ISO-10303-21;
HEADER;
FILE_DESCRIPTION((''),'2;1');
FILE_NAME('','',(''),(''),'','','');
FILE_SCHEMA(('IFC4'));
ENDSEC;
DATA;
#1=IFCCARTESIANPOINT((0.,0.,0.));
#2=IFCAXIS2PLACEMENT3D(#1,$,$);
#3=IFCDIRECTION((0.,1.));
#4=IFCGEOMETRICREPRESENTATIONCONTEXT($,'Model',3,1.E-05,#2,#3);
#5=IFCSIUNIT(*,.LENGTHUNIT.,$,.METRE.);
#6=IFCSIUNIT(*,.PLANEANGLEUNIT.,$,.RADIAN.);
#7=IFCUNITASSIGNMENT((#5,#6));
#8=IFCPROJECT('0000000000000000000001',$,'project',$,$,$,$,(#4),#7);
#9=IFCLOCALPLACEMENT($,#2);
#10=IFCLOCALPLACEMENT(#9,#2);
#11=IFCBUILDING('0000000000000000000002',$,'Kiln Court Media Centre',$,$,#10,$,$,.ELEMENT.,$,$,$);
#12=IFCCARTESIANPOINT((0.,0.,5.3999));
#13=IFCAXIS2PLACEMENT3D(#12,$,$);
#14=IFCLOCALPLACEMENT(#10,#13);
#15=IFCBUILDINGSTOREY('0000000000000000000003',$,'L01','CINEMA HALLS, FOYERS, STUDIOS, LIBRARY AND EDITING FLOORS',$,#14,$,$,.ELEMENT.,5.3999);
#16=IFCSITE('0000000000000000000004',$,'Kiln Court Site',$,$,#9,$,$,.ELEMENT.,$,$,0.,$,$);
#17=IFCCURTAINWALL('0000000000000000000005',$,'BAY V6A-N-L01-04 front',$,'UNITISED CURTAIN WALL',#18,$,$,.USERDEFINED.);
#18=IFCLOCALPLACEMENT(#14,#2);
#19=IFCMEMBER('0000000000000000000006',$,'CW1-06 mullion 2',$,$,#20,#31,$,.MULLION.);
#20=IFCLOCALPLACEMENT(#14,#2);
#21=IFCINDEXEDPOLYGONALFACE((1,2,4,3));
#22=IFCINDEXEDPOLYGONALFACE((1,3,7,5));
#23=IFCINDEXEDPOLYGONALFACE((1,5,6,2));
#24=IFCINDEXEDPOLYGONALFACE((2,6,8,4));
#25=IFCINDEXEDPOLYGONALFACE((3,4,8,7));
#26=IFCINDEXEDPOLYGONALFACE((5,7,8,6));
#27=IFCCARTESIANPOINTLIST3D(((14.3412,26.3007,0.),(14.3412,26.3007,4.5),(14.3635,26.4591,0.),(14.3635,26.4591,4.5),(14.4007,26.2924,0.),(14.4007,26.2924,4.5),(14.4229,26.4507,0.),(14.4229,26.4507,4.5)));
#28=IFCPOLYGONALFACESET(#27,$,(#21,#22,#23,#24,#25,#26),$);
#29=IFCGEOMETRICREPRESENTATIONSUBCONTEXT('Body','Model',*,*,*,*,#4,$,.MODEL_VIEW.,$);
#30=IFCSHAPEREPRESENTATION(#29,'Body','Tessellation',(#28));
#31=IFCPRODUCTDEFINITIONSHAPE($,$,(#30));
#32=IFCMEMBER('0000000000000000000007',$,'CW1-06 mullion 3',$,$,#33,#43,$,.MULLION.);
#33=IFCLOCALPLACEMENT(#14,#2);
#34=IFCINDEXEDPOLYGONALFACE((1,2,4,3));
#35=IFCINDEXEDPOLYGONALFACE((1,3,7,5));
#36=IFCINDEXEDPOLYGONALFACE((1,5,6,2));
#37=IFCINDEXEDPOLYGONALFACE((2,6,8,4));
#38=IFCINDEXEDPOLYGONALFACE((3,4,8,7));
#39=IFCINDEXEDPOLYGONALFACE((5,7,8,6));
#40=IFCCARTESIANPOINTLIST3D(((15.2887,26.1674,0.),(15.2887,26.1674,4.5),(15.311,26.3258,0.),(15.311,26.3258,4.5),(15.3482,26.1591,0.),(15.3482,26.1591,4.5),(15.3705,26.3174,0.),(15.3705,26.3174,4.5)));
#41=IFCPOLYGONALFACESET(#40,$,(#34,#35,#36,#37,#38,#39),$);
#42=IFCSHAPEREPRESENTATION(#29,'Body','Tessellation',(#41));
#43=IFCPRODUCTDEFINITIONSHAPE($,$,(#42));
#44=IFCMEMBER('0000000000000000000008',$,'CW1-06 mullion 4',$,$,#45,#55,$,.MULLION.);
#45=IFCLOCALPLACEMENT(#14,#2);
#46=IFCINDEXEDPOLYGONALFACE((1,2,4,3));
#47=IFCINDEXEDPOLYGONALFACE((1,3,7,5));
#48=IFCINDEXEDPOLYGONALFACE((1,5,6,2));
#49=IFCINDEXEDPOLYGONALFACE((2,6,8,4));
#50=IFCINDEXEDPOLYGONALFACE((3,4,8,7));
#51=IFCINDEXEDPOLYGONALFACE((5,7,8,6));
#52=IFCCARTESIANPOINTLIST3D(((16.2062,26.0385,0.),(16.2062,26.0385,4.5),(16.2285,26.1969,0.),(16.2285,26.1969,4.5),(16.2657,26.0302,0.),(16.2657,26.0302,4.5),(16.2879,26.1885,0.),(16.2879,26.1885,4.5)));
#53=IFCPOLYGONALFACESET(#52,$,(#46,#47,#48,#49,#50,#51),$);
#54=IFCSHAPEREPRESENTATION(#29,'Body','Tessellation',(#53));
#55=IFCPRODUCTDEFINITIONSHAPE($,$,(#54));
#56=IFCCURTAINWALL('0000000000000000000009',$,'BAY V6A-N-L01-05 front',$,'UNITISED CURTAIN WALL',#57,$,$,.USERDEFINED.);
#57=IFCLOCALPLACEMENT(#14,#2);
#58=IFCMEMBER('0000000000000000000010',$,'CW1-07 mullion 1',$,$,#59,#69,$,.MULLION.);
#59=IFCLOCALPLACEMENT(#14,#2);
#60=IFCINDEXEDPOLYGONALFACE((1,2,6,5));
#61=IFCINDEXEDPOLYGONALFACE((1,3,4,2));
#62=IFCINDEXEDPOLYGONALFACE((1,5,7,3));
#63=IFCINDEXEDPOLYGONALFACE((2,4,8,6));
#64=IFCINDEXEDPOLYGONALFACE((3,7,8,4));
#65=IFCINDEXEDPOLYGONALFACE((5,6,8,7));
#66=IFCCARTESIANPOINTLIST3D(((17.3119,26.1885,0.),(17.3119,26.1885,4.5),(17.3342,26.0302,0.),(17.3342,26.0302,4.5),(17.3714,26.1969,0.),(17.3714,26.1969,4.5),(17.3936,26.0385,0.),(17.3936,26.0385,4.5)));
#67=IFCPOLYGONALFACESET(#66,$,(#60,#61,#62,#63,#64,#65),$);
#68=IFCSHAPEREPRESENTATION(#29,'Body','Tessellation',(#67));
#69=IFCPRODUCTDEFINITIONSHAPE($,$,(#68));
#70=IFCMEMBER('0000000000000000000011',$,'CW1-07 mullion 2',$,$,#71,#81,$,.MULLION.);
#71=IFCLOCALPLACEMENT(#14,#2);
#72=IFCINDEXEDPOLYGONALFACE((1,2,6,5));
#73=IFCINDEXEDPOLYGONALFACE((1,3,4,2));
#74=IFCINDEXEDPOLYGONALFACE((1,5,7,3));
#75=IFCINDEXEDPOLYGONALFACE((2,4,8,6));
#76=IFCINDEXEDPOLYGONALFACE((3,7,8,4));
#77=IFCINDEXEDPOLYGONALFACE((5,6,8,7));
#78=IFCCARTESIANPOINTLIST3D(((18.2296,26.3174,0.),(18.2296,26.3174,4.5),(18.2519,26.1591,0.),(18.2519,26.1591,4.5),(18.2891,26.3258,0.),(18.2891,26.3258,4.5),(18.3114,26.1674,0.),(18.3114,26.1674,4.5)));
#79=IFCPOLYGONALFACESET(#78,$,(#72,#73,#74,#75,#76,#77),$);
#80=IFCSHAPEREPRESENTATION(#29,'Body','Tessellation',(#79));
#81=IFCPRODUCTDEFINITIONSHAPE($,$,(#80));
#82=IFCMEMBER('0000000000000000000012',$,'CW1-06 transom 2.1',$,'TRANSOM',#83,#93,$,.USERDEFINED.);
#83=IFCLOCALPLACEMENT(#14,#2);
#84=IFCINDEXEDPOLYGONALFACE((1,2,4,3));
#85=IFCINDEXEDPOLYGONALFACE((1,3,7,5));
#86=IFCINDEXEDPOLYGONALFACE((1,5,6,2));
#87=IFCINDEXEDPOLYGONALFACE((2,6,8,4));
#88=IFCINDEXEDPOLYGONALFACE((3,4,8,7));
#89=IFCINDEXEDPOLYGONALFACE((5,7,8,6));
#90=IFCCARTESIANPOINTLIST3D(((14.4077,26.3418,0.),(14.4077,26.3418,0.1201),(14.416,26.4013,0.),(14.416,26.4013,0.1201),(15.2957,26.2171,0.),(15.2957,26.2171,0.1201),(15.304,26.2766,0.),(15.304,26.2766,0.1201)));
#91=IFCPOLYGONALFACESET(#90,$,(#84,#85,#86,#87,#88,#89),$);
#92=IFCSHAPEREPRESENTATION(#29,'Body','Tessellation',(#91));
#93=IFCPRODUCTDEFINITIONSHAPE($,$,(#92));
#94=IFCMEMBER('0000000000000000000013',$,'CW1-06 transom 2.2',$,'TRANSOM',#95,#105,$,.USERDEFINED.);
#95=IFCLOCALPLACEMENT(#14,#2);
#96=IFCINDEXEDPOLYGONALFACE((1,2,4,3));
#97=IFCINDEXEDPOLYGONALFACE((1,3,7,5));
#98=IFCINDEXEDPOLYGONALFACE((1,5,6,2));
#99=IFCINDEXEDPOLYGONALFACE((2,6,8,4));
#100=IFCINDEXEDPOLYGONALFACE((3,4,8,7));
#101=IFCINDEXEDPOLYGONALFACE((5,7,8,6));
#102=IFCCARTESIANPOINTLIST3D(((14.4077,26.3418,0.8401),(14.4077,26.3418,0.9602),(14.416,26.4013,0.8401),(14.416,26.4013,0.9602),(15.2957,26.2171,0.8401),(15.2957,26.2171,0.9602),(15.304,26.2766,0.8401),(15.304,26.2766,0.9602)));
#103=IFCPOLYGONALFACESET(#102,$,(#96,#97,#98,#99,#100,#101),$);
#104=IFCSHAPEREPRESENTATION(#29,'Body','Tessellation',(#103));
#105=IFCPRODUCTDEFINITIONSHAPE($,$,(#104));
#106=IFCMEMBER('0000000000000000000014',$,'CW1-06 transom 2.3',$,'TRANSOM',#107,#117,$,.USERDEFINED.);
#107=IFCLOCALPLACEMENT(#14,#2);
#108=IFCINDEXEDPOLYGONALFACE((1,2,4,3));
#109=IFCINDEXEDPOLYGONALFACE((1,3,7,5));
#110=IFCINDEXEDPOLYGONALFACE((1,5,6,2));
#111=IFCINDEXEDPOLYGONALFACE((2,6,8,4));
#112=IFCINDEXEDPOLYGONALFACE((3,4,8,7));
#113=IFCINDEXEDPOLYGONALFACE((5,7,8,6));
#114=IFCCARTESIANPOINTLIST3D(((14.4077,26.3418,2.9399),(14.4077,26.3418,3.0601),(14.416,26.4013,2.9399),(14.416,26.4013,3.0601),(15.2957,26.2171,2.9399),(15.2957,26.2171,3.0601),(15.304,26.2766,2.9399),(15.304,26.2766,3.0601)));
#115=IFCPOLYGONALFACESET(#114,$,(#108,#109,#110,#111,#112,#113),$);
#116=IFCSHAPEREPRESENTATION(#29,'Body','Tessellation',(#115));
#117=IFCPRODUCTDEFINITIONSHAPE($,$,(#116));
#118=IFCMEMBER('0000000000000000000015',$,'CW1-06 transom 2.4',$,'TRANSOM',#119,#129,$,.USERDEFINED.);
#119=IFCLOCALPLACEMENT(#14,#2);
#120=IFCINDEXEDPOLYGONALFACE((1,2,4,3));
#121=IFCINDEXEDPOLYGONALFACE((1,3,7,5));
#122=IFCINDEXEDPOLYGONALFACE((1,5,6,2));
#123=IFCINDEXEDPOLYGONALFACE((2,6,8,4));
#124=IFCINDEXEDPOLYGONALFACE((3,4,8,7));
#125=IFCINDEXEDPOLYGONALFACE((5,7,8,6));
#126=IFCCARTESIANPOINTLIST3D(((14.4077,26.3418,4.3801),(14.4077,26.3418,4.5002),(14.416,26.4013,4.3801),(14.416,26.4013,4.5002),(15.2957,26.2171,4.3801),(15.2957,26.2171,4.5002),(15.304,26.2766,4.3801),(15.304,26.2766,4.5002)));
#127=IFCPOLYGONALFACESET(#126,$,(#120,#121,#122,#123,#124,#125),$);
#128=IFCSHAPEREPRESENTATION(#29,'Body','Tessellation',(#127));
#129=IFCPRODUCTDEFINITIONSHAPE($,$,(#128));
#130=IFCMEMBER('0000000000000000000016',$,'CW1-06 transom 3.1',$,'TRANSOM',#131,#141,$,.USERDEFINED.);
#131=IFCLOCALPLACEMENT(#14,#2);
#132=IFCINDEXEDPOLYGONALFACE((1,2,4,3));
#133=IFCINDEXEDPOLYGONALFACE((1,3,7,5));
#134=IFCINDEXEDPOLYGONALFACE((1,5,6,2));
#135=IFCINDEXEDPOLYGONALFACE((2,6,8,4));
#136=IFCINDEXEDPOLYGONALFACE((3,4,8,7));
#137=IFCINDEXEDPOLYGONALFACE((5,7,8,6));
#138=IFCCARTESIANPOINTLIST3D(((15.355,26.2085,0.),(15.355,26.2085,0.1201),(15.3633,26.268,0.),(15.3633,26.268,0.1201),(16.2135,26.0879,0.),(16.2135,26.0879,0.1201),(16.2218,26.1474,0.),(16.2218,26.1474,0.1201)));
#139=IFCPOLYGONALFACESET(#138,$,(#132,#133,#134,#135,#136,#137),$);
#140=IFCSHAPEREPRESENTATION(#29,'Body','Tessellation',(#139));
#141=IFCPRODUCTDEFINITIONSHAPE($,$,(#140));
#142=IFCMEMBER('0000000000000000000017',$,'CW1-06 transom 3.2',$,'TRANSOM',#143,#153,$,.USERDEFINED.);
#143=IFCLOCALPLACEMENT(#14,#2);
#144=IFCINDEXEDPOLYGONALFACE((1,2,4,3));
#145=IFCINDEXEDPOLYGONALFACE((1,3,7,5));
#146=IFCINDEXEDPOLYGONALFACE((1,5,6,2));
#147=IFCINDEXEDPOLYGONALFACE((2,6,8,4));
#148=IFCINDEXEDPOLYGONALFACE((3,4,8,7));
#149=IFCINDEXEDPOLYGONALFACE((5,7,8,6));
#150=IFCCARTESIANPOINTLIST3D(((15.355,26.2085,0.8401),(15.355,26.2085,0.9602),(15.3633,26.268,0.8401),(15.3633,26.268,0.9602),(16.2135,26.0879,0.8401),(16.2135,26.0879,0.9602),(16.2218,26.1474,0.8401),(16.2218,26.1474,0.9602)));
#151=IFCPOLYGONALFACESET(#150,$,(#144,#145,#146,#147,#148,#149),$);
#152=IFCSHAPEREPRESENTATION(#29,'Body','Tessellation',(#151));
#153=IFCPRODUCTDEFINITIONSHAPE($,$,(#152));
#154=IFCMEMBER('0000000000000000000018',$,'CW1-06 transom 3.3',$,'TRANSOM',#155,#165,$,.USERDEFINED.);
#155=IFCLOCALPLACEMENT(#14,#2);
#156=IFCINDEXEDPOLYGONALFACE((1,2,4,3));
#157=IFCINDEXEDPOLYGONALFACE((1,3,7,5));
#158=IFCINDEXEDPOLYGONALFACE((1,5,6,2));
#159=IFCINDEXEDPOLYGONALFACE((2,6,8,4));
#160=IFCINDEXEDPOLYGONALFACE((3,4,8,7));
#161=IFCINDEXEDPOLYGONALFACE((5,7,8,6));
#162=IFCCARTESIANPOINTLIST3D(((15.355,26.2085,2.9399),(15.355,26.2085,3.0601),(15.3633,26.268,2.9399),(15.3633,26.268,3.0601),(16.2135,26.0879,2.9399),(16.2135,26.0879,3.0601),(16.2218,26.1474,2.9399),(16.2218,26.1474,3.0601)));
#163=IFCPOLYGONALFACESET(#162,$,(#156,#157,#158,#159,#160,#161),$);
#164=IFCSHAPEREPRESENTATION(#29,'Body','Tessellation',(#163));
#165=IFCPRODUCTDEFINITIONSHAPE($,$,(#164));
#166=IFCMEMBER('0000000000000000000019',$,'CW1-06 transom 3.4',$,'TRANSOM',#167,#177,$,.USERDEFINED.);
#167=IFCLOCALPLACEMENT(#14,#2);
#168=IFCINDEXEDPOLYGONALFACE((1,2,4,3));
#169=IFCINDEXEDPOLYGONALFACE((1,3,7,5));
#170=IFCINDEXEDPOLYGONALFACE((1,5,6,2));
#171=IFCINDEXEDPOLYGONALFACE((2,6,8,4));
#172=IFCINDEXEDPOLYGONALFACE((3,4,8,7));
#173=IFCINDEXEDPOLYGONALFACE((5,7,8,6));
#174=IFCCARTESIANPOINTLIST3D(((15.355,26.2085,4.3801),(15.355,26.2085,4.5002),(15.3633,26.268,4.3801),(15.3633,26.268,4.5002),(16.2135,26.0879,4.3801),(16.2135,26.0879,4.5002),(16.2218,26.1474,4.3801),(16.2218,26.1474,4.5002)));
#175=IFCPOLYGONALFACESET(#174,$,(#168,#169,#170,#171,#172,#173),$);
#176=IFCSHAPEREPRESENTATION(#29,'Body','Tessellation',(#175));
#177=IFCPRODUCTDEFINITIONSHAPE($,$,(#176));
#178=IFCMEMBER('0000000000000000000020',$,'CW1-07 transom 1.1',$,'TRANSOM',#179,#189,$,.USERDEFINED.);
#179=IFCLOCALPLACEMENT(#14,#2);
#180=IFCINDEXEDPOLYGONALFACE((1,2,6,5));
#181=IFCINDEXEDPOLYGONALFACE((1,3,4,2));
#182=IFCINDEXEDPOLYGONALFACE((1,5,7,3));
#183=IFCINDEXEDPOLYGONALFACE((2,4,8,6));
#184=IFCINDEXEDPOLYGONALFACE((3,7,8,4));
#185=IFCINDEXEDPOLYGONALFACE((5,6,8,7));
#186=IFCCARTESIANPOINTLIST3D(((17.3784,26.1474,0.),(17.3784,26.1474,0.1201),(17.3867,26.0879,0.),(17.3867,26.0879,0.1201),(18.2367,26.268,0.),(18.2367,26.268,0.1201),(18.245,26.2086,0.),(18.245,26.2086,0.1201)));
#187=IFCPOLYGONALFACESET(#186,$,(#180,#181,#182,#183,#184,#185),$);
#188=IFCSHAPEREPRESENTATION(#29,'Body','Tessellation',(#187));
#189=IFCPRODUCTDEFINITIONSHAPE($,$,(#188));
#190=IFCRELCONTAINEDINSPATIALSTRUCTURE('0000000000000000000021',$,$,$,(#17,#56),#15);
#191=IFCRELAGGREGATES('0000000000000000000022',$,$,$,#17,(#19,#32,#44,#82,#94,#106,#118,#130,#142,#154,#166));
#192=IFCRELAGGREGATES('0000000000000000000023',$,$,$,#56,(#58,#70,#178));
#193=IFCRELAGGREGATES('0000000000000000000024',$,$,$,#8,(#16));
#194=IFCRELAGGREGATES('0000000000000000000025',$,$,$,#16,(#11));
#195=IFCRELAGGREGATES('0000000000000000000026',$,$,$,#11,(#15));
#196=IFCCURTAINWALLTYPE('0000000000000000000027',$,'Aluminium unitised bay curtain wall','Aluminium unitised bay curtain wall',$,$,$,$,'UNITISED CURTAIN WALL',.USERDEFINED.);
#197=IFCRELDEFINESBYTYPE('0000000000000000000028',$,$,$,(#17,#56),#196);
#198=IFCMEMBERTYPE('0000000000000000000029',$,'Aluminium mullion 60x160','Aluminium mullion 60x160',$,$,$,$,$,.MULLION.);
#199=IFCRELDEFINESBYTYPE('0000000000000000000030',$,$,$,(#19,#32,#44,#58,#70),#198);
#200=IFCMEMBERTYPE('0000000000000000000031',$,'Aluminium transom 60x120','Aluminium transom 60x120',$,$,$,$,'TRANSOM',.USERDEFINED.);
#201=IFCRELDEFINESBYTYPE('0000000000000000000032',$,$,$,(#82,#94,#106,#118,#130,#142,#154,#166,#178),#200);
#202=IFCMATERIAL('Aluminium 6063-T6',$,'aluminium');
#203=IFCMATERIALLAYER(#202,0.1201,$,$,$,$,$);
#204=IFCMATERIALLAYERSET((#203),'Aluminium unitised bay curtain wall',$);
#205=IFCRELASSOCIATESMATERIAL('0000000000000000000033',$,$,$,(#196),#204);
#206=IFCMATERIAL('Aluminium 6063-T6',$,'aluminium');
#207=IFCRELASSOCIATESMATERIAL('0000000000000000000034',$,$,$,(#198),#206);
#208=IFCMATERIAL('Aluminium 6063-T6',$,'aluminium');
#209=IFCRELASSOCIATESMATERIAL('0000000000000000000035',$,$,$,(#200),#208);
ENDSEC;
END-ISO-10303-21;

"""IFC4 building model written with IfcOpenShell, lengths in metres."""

from ifc_helpers import new_model, si_unit, direction, frame, origin, origin_2d, place, context, subcontext, project, spatial, rectangle, extrude, material, layer, layer_set, material_profile, profile_set, type_object, element, aggregate, save


model = new_model("IFC4")

# Units and contexts
model_context = context("Model", 3, precision=1e-05, world=origin(), true_north=direction((0.0, 1.0)))
body_context = subcontext(model_context, "Body", "Model", "MODEL_VIEW")
ifc_project = project(units=[si_unit("LENGTHUNIT", "METRE"), si_unit("PLANEANGLEUNIT", "RADIAN")], contexts=[model_context])

# Site, building, storey
site_placement = place(None, origin())
site = spatial("IfcSite", under=ifc_project, at=site_placement, Name="Kiln Court Site", CompositionType="ELEMENT", RefElevation=0.0)
building_placement = place(site_placement, origin())
building = spatial("IfcBuilding", under=site, at=building_placement, Name="Kiln Court Media Centre", CompositionType="ELEMENT")
storey_placement = place(building_placement, frame((0.0, 0.0, 5.3999)))
storey = spatial("IfcBuildingStorey", under=building, at=storey_placement, Name="L01", Description="CINEMA HALLS, FOYERS, STUDIOS, LIBRARY AND EDITING FLOORS", CompositionType="ELEMENT", Elevation=5.3999)

# Curtain walls, members
ifc_material_1 = material(Name="Aluminium 6063-T6", Category="aluminium")
ifc_layer_1 = layer(ifc_material_1, 0.1201)
ifc_layer_set_1 = layer_set([ifc_layer_1], Name="Aluminium unitised bay curtain wall")
curtain_wall_type = type_object("IfcCurtainWallType", Name="Aluminium unitised bay curtain wall", Description="Aluminium unitised bay curtain wall", ElementType="UNITISED CURTAIN WALL", PredefinedType="USERDEFINED", material=ifc_layer_set_1)
curtain_wall_1_placement = place(storey_placement, origin())
curtain_wall_1 = element("IfcCurtainWall", 1, at=curtain_wall_1_placement, inside=storey, type_object=curtain_wall_type, Name="BAY V6A-N-L01-04 front", ObjectType="UNITISED CURTAIN WALL", PredefinedType="USERDEFINED")
ifc_material_2 = material(Name="Aluminium 6063-T6", Category="aluminium")
ifc_material_profile_1 = material_profile(ifc_material_2, rectangle(XDim=0.0601, YDim=0.1599, at=origin_2d()), Name="Aluminium mullion 60x160")
ifc_profile_set_1 = profile_set([ifc_material_profile_1], Name="Aluminium 6063-T6")
member_type_1 = type_object("IfcMemberType", Name="Aluminium mullion 60x160", Description="Aluminium mullion 60x160", PredefinedType="MULLION", material=ifc_profile_set_1)
member_1_placement = place(storey_placement, frame((14.3821, 26.3757, 0.0), z_axis=(0.0, 0.0, 1.0), x_axis=(0.99027, -0.139162, 0.0)))
member_1 = element("IfcMember", 2, at=member_1_placement, type_object=member_type_1, Name="CW1-06 mullion 2", PredefinedType="MULLION", context=body_context, shape_type="SweptSolid", body=[
    extrude(rectangle(XDim=0.0601, YDim=0.1599, at=origin_2d()), origin(), (0.0, 0.0, 1.0), 4.5),
])
member_2_placement = place(storey_placement, frame((15.3296, 26.2424, 0.0), z_axis=(0.0, 0.0, 1.0), x_axis=(0.99027, -0.139162, 0.0)))
member_2 = element("IfcMember", 3, at=member_2_placement, type_object=member_type_1, Name="CW1-06 mullion 3", PredefinedType="MULLION", context=body_context, shape_type="SweptSolid", body=[
    extrude(rectangle(XDim=0.0601, YDim=0.1599, at=origin_2d()), origin(), (0.0, 0.0, 1.0), 4.5),
])
member_3_placement = place(storey_placement, frame((16.2471, 26.1135, 0.0), z_axis=(0.0, 0.0, 1.0), x_axis=(0.99027, -0.139162, 0.0)))
member_3 = element("IfcMember", 4, at=member_3_placement, type_object=member_type_1, Name="CW1-06 mullion 4", PredefinedType="MULLION", context=body_context, shape_type="SweptSolid", body=[
    extrude(rectangle(XDim=0.0601, YDim=0.1599, at=origin_2d()), origin(), (0.0, 0.0, 1.0), 4.5),
])
curtain_wall_2_placement = place(storey_placement, origin())
curtain_wall_2 = element("IfcCurtainWall", 5, at=curtain_wall_2_placement, inside=storey, type_object=curtain_wall_type, Name="BAY V6A-N-L01-05 front", ObjectType="UNITISED CURTAIN WALL", PredefinedType="USERDEFINED")
member_4_placement = place(storey_placement, frame((17.3528, 26.1135, 0.0), z_axis=(0.0, 0.0, 1.0), x_axis=(0.99027, 0.139162, 0.0)))
member_4 = element("IfcMember", 6, at=member_4_placement, type_object=member_type_1, Name="CW1-07 mullion 1", PredefinedType="MULLION", context=body_context, shape_type="SweptSolid", body=[
    extrude(rectangle(XDim=0.0601, YDim=0.1599, at=origin_2d()), origin(), (0.0, 0.0, 1.0), 4.5),
])
member_5_placement = place(storey_placement, frame((18.2705, 26.2424, 0.0), z_axis=(0.0, 0.0, 1.0), x_axis=(0.99027, 0.139162, 0.0)))
member_5 = element("IfcMember", 7, at=member_5_placement, type_object=member_type_1, Name="CW1-07 mullion 2", PredefinedType="MULLION", context=body_context, shape_type="SweptSolid", body=[
    extrude(rectangle(XDim=0.0601, YDim=0.1599, at=origin_2d()), origin(), (0.0, 0.0, 1.0), 4.5),
])

# Members
ifc_material_3 = material(Name="Aluminium 6063-T6", Category="aluminium")
ifc_material_profile_2 = material_profile(ifc_material_3, rectangle(XDim=0.0601, YDim=0.1201, at=origin_2d()), Name="Aluminium transom 60x120")
ifc_profile_set_2 = profile_set([ifc_material_profile_2], Name="Aluminium 6063-T6")
member_type_2 = type_object("IfcMemberType", Name="Aluminium transom 60x120", Description="Aluminium transom 60x120", ElementType="TRANSOM", PredefinedType="USERDEFINED", material=ifc_profile_set_2)
member_6_placement = place(storey_placement, frame((14.4119, 26.3716, 0.0601), z_axis=(0.990274, -0.139134, 0.0), x_axis=(0.139134, 0.990274, 0.0)))
member_6 = element("IfcMember", 8, at=member_6_placement, type_object=member_type_2, Name="CW1-06 transom 2.1", ObjectType="TRANSOM", PredefinedType="USERDEFINED", context=body_context, shape_type="SweptSolid", body=[
    extrude(rectangle(XDim=0.0601, YDim=0.1201, at=origin_2d()), origin(), (0.0, 0.0, 1.0), 0.8967),
])
member_7_placement = place(storey_placement, frame((14.4119, 26.3716, 0.9001), z_axis=(0.990274, -0.139134, 0.0), x_axis=(0.139134, 0.990274, 0.0)))
member_7 = element("IfcMember", 9, at=member_7_placement, type_object=member_type_2, Name="CW1-06 transom 2.2", ObjectType="TRANSOM", PredefinedType="USERDEFINED", context=body_context, shape_type="SweptSolid", body=[
    extrude(rectangle(XDim=0.0601, YDim=0.1201, at=origin_2d()), origin(), (0.0, 0.0, 1.0), 0.8967),
])
member_8_placement = place(storey_placement, frame((14.4119, 26.3716, 3.0), z_axis=(0.990274, -0.139134, 0.0), x_axis=(0.139134, 0.990274, 0.0)))
member_8 = element("IfcMember", 10, at=member_8_placement, type_object=member_type_2, Name="CW1-06 transom 2.3", ObjectType="TRANSOM", PredefinedType="USERDEFINED", context=body_context, shape_type="SweptSolid", body=[
    extrude(rectangle(XDim=0.0601, YDim=0.1201, at=origin_2d()), origin(), (0.0, 0.0, 1.0), 0.8967),
])
member_9_placement = place(storey_placement, frame((14.4119, 26.3716, 4.4402), z_axis=(0.990274, -0.139134, 0.0), x_axis=(0.139134, 0.990274, 0.0)))
member_9 = element("IfcMember", 11, at=member_9_placement, type_object=member_type_2, Name="CW1-06 transom 2.4", ObjectType="TRANSOM", PredefinedType="USERDEFINED", context=body_context, shape_type="SweptSolid", body=[
    extrude(rectangle(XDim=0.0601, YDim=0.1201, at=origin_2d()), origin(), (0.0, 0.0, 1.0), 0.8967),
])
member_10_placement = place(storey_placement, frame((15.3591, 26.2383, 0.0601), z_axis=(0.990274, -0.139134, 0.0), x_axis=(0.139134, 0.990274, 0.0)))
member_10 = element("IfcMember", 12, at=member_10_placement, type_object=member_type_2, Name="CW1-06 transom 3.1", ObjectType="TRANSOM", PredefinedType="USERDEFINED", context=body_context, shape_type="SweptSolid", body=[
    extrude(rectangle(XDim=0.0601, YDim=0.1201, at=origin_2d()), origin(), (0.0, 0.0, 1.0), 0.8669),
])
member_11_placement = place(storey_placement, frame((15.3591, 26.2383, 0.9001), z_axis=(0.990274, -0.139134, 0.0), x_axis=(0.139134, 0.990274, 0.0)))
member_11 = element("IfcMember", 13, at=member_11_placement, type_object=member_type_2, Name="CW1-06 transom 3.2", ObjectType="TRANSOM", PredefinedType="USERDEFINED", context=body_context, shape_type="SweptSolid", body=[
    extrude(rectangle(XDim=0.0601, YDim=0.1201, at=origin_2d()), origin(), (0.0, 0.0, 1.0), 0.8669),
])
member_12_placement = place(storey_placement, frame((15.3591, 26.2383, 3.0), z_axis=(0.990274, -0.139134, 0.0), x_axis=(0.139134, 0.990274, 0.0)))
member_12 = element("IfcMember", 14, at=member_12_placement, type_object=member_type_2, Name="CW1-06 transom 3.3", ObjectType="TRANSOM", PredefinedType="USERDEFINED", context=body_context, shape_type="SweptSolid", body=[
    extrude(rectangle(XDim=0.0601, YDim=0.1201, at=origin_2d()), origin(), (0.0, 0.0, 1.0), 0.8669),
])
member_13_placement = place(storey_placement, frame((15.3591, 26.2383, 4.4402), z_axis=(0.990274, -0.139134, 0.0), x_axis=(0.139134, 0.990274, 0.0)))
member_13 = element("IfcMember", 15, at=member_13_placement, type_object=member_type_2, Name="CW1-06 transom 3.4", ObjectType="TRANSOM", PredefinedType="USERDEFINED", context=body_context, shape_type="SweptSolid", body=[
    extrude(rectangle(XDim=0.0601, YDim=0.1201, at=origin_2d()), origin(), (0.0, 0.0, 1.0), 0.8669),
])
member_14_placement = place(storey_placement, frame((17.3826, 26.1177, 0.0601), z_axis=(0.990268, 0.139173, 0.0), x_axis=(-0.139173, 0.990268, 0.0)))
member_14 = element("IfcMember", 16, at=member_14_placement, type_object=member_type_2, Name="CW1-07 transom 1.1", ObjectType="TRANSOM", PredefinedType="USERDEFINED", context=body_context, shape_type="SweptSolid", body=[
    extrude(rectangle(XDim=0.0601, YDim=0.1201, at=origin_2d()), origin(), (0.0, 0.0, 1.0), 0.8667),
])

aggregate(curtain_wall_1, [member_1, member_2, member_3, member_6, member_7, member_8, member_9, member_10, member_11, member_12, member_13])
aggregate(curtain_wall_2, [member_4, member_5, member_14])

save(model, "model.ifc")
